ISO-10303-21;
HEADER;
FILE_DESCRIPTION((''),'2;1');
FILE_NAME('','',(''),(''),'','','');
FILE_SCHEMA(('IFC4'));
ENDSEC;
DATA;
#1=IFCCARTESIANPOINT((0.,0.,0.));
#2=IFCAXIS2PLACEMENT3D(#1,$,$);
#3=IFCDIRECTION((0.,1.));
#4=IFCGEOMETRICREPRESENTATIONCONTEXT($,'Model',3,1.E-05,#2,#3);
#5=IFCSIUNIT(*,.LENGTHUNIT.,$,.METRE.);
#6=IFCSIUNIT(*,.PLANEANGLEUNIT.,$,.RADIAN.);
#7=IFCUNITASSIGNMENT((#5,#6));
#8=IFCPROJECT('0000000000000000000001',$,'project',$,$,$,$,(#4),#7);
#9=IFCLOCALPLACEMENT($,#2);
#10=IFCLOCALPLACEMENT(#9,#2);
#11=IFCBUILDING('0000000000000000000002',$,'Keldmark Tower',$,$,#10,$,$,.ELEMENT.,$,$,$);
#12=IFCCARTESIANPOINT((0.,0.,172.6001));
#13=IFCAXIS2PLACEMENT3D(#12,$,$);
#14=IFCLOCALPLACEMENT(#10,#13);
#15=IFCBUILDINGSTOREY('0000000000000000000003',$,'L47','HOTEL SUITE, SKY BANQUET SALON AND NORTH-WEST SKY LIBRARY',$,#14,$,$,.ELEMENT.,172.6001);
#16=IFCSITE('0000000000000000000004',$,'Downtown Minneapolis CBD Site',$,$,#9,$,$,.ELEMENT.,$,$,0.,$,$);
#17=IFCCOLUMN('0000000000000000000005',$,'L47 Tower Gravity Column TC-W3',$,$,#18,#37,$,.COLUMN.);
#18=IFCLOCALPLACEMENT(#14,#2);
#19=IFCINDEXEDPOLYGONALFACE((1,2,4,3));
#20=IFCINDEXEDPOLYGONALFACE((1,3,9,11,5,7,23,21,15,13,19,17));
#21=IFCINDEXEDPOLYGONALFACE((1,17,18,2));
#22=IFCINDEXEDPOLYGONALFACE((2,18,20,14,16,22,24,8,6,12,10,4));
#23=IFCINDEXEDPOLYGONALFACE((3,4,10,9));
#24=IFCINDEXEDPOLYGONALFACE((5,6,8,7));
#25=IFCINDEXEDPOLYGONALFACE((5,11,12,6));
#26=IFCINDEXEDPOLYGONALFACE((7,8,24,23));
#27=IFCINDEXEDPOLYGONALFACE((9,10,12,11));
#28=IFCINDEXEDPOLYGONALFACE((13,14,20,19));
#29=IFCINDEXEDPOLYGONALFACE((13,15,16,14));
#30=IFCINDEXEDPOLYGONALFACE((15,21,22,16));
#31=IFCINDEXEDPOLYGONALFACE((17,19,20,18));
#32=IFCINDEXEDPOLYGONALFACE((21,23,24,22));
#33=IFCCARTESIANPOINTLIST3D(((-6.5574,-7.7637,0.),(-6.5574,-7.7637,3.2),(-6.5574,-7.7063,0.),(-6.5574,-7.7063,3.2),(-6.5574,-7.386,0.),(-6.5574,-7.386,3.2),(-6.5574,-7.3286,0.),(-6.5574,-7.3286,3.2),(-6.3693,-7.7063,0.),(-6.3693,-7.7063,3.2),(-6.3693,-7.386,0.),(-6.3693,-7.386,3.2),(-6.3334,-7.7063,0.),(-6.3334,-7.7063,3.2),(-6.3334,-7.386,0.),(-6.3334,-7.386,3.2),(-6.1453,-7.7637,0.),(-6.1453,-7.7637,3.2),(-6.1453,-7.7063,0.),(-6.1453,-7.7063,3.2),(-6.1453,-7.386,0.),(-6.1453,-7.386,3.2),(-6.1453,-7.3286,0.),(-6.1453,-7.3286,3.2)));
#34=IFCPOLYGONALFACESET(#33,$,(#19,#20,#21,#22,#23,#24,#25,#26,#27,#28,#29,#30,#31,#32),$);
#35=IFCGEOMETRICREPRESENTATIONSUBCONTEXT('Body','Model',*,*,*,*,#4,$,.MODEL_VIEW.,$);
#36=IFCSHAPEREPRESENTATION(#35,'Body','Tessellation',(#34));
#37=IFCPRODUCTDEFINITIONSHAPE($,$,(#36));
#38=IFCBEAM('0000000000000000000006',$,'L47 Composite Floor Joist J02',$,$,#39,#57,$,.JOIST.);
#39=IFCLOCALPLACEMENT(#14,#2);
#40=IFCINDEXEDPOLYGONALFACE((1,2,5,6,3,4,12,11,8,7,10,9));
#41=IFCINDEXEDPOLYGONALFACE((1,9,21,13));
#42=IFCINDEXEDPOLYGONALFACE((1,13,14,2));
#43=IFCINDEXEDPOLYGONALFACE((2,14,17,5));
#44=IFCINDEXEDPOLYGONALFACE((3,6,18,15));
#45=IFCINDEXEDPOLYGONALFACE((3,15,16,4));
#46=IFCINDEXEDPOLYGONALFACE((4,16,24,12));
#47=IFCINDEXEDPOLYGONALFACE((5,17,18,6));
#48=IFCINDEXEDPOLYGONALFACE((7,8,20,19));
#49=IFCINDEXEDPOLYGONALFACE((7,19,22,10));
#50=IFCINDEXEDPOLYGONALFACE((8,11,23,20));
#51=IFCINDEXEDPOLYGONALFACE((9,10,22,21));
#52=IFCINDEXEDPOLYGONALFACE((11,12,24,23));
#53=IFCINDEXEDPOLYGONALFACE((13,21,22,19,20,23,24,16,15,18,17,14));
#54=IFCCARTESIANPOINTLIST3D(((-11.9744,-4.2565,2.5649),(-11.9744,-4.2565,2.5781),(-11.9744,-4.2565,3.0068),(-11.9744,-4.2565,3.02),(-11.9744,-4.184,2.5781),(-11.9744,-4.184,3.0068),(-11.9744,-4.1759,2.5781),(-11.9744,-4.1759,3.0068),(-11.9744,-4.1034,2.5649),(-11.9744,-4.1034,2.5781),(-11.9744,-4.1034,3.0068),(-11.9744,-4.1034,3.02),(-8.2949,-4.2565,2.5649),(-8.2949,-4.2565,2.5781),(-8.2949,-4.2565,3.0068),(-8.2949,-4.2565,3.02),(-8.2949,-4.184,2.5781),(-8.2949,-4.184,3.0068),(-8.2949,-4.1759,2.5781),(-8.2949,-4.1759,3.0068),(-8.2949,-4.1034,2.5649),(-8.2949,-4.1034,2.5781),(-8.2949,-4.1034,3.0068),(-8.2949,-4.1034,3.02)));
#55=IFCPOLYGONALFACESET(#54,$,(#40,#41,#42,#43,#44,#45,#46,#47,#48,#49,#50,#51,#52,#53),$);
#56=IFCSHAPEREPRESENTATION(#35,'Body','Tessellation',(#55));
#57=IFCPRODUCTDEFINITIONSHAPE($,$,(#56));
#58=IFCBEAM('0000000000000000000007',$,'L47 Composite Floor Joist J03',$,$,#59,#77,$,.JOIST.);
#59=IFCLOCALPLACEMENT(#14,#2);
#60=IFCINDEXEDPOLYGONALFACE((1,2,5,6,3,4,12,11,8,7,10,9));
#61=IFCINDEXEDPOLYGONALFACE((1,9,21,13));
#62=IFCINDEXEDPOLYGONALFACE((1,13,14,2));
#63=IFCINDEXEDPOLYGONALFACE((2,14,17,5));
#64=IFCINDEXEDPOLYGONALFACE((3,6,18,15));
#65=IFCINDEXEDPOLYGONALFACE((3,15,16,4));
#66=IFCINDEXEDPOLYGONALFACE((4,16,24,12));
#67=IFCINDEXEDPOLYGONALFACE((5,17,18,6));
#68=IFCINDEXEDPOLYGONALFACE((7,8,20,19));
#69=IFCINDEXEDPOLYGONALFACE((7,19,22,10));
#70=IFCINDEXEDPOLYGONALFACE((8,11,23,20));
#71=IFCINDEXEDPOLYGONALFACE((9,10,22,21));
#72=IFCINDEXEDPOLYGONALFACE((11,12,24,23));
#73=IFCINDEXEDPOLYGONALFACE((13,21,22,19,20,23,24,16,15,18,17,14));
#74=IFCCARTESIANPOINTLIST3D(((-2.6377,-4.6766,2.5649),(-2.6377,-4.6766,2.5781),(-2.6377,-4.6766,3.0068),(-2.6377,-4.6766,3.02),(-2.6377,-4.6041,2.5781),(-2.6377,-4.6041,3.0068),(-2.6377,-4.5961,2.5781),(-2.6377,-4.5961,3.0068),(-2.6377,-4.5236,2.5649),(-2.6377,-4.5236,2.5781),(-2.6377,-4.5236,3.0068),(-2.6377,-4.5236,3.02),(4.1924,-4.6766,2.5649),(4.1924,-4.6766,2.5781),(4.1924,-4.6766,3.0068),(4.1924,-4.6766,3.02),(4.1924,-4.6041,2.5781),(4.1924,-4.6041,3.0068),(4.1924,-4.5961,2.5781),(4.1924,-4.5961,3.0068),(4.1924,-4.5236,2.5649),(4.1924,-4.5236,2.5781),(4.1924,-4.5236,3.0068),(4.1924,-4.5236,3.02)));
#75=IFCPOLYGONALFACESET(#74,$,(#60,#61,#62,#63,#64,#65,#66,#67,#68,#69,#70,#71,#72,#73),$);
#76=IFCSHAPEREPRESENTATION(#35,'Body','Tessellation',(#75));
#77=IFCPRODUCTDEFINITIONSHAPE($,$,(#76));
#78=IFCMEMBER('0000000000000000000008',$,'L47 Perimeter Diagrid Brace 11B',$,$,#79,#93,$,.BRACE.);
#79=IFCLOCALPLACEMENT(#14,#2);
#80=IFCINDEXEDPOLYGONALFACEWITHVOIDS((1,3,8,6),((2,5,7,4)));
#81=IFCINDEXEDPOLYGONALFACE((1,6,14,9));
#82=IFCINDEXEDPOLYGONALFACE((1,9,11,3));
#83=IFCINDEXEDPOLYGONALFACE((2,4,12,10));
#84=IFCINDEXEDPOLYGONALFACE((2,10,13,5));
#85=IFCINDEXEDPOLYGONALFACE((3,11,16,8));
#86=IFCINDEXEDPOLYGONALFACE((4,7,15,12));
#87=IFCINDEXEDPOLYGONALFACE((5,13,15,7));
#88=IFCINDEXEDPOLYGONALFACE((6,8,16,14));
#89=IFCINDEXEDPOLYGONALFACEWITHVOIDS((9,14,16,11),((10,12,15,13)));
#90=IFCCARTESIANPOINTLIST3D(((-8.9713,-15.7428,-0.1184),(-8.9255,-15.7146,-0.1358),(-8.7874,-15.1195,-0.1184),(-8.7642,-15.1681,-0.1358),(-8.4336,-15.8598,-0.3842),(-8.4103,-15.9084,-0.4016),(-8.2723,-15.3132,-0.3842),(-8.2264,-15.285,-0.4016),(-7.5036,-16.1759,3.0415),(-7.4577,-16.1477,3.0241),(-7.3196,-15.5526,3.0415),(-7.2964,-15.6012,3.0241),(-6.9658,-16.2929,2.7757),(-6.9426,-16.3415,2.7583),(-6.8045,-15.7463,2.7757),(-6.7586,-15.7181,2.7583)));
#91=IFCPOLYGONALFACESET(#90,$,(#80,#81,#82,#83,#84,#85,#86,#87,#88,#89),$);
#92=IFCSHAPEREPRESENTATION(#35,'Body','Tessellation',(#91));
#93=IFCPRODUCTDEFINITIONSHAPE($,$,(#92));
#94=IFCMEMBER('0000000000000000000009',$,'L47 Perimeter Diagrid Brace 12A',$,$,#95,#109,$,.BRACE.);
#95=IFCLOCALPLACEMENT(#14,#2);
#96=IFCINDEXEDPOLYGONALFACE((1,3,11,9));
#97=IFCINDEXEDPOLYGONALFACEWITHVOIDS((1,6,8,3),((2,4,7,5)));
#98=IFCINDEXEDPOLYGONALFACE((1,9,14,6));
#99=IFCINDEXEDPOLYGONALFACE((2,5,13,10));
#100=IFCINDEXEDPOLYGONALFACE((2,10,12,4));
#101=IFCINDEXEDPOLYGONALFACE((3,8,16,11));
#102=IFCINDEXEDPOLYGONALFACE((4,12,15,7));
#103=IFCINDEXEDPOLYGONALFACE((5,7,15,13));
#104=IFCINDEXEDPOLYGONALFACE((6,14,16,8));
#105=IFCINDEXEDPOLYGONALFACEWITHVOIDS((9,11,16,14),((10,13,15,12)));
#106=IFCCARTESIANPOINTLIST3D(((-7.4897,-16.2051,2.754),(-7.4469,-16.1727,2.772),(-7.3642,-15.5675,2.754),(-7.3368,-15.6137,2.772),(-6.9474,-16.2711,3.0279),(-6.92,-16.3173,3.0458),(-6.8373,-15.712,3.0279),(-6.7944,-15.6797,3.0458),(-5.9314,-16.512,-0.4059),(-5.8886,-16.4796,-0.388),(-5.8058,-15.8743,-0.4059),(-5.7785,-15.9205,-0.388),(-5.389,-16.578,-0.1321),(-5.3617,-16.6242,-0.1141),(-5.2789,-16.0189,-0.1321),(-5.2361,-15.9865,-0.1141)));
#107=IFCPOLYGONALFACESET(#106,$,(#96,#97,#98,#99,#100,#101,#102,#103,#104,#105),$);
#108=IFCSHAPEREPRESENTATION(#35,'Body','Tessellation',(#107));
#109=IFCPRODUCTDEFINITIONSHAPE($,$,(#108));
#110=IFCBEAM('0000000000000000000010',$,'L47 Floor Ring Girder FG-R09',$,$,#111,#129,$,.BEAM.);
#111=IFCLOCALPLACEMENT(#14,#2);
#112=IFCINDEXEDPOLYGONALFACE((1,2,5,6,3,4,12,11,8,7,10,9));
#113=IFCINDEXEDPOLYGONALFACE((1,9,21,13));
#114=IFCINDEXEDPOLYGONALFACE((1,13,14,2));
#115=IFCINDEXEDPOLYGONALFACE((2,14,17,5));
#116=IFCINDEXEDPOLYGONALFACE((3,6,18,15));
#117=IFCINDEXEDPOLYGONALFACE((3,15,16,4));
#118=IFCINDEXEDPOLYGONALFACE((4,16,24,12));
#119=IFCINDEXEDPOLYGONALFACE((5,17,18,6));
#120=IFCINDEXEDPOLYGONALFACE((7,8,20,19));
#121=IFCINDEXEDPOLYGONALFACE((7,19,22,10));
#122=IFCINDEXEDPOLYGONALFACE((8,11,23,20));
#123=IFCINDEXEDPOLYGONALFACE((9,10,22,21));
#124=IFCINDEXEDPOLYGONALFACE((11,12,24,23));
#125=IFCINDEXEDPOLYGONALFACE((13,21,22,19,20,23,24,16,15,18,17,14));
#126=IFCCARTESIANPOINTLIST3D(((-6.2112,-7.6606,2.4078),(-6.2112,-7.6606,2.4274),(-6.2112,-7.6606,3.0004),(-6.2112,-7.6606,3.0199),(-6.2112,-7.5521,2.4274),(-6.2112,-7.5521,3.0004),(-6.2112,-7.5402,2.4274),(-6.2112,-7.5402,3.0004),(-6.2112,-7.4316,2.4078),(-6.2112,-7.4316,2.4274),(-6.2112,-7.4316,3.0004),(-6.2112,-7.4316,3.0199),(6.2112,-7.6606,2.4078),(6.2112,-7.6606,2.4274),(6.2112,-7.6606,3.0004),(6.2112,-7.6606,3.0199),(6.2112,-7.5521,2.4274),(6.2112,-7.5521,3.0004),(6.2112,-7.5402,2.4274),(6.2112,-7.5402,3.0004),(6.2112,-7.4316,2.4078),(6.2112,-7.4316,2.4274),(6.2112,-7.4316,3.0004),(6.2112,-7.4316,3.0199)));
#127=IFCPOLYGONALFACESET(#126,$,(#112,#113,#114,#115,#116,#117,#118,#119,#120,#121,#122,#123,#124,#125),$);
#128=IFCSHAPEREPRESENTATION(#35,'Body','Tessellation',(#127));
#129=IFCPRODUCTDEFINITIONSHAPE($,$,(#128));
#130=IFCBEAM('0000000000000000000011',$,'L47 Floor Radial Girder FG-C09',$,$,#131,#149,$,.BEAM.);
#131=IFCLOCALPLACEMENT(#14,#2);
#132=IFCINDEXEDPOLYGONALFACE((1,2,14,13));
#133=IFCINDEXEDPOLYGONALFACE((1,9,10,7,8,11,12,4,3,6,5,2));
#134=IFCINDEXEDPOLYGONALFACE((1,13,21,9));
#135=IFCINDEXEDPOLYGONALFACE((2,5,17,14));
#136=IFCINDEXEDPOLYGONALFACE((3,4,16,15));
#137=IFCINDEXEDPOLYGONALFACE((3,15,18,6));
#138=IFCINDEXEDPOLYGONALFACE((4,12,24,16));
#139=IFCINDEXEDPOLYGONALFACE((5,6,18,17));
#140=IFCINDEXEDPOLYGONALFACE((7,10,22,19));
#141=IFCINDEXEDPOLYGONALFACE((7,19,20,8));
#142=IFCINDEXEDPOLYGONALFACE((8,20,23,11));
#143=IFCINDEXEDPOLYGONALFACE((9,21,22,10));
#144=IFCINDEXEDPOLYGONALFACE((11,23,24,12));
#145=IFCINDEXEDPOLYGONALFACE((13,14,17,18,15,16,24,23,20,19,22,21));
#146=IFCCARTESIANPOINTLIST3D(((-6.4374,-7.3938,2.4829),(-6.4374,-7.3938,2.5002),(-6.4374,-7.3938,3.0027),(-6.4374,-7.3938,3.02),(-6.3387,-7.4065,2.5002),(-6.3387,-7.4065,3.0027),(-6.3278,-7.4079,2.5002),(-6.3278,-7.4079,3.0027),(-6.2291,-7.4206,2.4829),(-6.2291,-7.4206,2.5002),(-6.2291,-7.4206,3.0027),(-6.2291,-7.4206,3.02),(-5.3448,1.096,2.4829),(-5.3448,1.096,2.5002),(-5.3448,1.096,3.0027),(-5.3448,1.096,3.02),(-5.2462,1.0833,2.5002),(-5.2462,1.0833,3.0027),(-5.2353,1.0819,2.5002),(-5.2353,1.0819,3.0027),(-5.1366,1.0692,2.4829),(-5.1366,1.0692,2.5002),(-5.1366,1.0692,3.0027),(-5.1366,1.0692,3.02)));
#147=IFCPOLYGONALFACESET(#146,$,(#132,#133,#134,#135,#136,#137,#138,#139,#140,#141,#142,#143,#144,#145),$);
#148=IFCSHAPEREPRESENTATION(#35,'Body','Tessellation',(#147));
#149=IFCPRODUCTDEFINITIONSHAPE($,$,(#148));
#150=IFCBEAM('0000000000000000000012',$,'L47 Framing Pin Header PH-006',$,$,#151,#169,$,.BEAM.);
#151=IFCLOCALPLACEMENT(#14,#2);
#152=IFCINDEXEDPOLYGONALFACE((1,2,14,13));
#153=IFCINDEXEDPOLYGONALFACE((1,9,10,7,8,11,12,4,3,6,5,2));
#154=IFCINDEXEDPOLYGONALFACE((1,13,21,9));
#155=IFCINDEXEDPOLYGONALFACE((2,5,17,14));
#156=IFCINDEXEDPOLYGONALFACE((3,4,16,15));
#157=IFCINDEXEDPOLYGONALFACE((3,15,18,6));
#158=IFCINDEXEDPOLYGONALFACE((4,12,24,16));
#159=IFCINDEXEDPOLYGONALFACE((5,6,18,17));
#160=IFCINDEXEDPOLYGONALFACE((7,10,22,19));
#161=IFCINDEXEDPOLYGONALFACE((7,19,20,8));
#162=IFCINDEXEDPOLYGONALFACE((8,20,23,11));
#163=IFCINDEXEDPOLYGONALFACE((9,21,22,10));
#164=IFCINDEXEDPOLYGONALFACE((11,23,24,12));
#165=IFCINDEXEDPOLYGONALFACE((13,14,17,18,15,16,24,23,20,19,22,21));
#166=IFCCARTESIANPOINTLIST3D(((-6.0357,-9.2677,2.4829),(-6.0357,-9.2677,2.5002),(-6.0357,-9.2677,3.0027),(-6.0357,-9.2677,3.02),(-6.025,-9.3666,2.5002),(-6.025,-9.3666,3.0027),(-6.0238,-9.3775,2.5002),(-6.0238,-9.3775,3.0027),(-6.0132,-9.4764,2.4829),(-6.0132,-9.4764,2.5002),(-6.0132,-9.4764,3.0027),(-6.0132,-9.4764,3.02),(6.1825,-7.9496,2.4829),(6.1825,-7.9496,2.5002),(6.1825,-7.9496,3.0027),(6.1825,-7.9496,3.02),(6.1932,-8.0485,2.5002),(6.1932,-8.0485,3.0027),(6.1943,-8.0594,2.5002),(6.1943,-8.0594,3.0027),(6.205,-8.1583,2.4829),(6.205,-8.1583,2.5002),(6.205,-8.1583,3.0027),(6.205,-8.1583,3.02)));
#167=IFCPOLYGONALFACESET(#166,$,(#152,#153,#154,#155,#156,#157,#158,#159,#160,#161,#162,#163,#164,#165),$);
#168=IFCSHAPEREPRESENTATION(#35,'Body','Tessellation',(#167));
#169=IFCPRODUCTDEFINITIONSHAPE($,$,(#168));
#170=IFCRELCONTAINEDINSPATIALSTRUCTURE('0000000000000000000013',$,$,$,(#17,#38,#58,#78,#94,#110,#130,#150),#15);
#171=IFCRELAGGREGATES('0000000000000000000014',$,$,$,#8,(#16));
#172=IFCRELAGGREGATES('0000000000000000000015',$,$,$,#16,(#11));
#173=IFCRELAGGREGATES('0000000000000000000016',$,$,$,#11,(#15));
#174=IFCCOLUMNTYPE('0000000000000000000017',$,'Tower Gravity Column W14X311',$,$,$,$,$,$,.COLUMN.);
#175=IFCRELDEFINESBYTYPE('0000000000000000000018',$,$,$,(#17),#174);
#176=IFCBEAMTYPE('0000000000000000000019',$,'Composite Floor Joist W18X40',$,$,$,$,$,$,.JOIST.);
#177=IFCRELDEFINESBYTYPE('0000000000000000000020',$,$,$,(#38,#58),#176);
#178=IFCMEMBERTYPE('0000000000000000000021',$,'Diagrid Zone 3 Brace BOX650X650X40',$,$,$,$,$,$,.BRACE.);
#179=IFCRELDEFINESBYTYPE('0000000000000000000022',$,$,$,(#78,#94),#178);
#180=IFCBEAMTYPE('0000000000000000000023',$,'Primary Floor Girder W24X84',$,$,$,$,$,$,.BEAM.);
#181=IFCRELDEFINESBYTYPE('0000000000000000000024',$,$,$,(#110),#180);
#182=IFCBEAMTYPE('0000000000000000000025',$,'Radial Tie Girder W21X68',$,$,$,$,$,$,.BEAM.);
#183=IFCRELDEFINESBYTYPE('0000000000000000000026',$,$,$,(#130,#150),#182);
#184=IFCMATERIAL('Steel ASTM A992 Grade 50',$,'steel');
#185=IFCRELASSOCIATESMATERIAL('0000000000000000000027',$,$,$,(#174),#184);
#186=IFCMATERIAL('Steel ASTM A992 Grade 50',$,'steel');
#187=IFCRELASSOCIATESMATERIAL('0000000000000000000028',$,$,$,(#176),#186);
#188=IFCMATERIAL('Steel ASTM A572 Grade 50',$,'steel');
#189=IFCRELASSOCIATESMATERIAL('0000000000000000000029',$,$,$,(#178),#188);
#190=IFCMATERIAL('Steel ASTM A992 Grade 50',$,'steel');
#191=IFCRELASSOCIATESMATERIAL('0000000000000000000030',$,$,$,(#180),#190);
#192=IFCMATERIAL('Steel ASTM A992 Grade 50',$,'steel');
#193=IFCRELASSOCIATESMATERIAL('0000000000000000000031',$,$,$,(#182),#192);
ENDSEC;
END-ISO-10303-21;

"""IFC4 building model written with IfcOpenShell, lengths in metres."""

from ifc_helpers import new_model, si_unit, direction, frame, origin, origin_2d, place, context, subcontext, project, spatial, hollow_rectangle, i_section, extrude, material, material_profile, profile_set, type_object, element, save


model = new_model("IFC4")

# Units and contexts
model_context = context("Model", 3, precision=1e-05, world=origin(), true_north=direction((0.0, 1.0)))
body_context = subcontext(model_context, "Body", "Model", "MODEL_VIEW")
ifc_project = project(units=[si_unit("LENGTHUNIT", "METRE"), si_unit("PLANEANGLEUNIT", "RADIAN")], contexts=[model_context])

# Site, building, storey
site_placement = place(None, origin())
site = spatial("IfcSite", under=ifc_project, at=site_placement, Name="Downtown Minneapolis CBD Site", CompositionType="ELEMENT", RefElevation=0.0)
building_placement = place(site_placement, origin())
building = spatial("IfcBuilding", under=site, at=building_placement, Name="Keldmark Tower", CompositionType="ELEMENT")
storey_placement = place(building_placement, frame((0.0, 0.0, 172.6001)))
storey = spatial("IfcBuildingStorey", under=building, at=storey_placement, Name="L47", Description="HOTEL SUITE, SKY BANQUET SALON AND NORTH-WEST SKY LIBRARY", CompositionType="ELEMENT", Elevation=172.6001)

# Column
ifc_material_1 = material(Name="Steel ASTM A992 Grade 50", Category="steel")
ifc_material_profile_1 = material_profile(ifc_material_1, i_section(OverallWidth=0.4121, OverallDepth=0.4351, WebThickness=0.0359, FlangeThickness=0.0574, at=origin_2d()), Name="W14X311")
ifc_profile_set_1 = profile_set([ifc_material_profile_1], Name="Steel ASTM A992 Grade 50")
column_type = type_object("IfcColumnType", Name="Tower Gravity Column W14X311", PredefinedType="COLUMN", material=ifc_profile_set_1)
column_placement = place(storey_placement, frame((-6.3513, -7.5461, 0.0), z_axis=(0.0, 0.0, 1.0), x_axis=(1.0, 0.0, 0.0)))
element("IfcColumn", 1, at=column_placement, inside=storey, type_object=column_type, Name="L47 Tower Gravity Column TC-W3", PredefinedType="COLUMN", context=body_context, shape_type="SweptSolid", body=[
    extrude(i_section(OverallWidth=0.4121, OverallDepth=0.4351, WebThickness=0.0359, FlangeThickness=0.0574, at=origin_2d()), origin(), (0.0, 0.0, 1.0), 3.2),
])

# Beams
ifc_material_2 = material(Name="Steel ASTM A992 Grade 50", Category="steel")
ifc_material_profile_2 = material_profile(ifc_material_2, i_section(OverallWidth=0.1531, OverallDepth=0.4551, WebThickness=0.0081, FlangeThickness=0.0132, at=origin_2d()), Name="W18X40")
ifc_profile_set_2 = profile_set([ifc_material_profile_2], Name="Steel ASTM A992 Grade 50")
beam_type_1 = type_object("IfcBeamType", Name="Composite Floor Joist W18X40", PredefinedType="JOIST", material=ifc_profile_set_2)
beam_1_placement = place(storey_placement, frame((-11.9744, -4.1799, 2.7925), z_axis=(1.0, 0.0, 0.0), x_axis=(0.0, 1.0, 0.0)))
element("IfcBeam", 2, at=beam_1_placement, inside=storey, type_object=beam_type_1, Name="L47 Composite Floor Joist J02", PredefinedType="JOIST", context=body_context, shape_type="SweptSolid", body=[
    extrude(i_section(OverallWidth=0.1531, OverallDepth=0.4551, WebThickness=0.0081, FlangeThickness=0.0132, at=origin_2d()), origin(), (0.0, 0.0, 1.0), 3.6794),
])
beam_2_placement = place(storey_placement, frame((-2.6377, -4.6001, 2.7925), z_axis=(1.0, 0.0, 0.0), x_axis=(0.0, 1.0, 0.0)))
element("IfcBeam", 3, at=beam_2_placement, inside=storey, type_object=beam_type_1, Name="L47 Composite Floor Joist J03", PredefinedType="JOIST", context=body_context, shape_type="SweptSolid", body=[
    extrude(i_section(OverallWidth=0.1531, OverallDepth=0.4551, WebThickness=0.0081, FlangeThickness=0.0132, at=origin_2d()), origin(), (0.0, 0.0, 1.0), 6.8301),
])

# Members
ifc_material_3 = material(Name="Steel ASTM A572 Grade 50", Category="steel")
ifc_material_profile_3 = material_profile(ifc_material_3, hollow_rectangle(XDim=0.6499, YDim=0.6499, WallThickness=0.04, at=origin_2d()), Name="BOX650X650X40")
ifc_profile_set_3 = profile_set([ifc_material_profile_3], Name="Steel ASTM A572 Grade 50")
member_type = type_object("IfcMemberType", Name="Diagrid Zone 3 Brace BOX650X650X40", PredefinedType="BRACE", material=ifc_profile_set_3)
member_1_placement = place(storey_placement, frame((-8.5989, -15.5139, -0.26), z_axis=(0.418052, -0.123357, 0.900008), x_axis=(0.283013, 0.959116, 0.0)))
element("IfcMember", 4, at=member_1_placement, inside=storey, type_object=member_type, Name="L47 Perimeter Diagrid Brace 11B", PredefinedType="BRACE", context=body_context, shape_type="SweptSolid", body=[
    extrude(hollow_rectangle(XDim=0.6499, YDim=0.6499, WallThickness=0.04, at=origin_2d()), origin(), (0.0, 0.0, 1.0), 3.511),
])
member_2_placement = place(storey_placement, frame((-5.5837, -16.2493, -0.26), z_axis=(-0.440633, 0.086773, 0.893484), x_axis=(-0.193218, -0.981156, 0.0)))
element("IfcMember", 5, at=member_2_placement, inside=storey, type_object=member_type, Name="L47 Perimeter Diagrid Brace 12A", PredefinedType="BRACE", context=body_context, shape_type="SweptSolid", body=[
    extrude(hollow_rectangle(XDim=0.6499, YDim=0.6499, WallThickness=0.04, at=origin_2d()), origin(), (0.0, 0.0, 1.0), 3.5366),
])

# Beams
ifc_material_4 = material(Name="Steel ASTM A992 Grade 50", Category="steel")
ifc_material_profile_4 = material_profile(ifc_material_4, i_section(OverallWidth=0.229, OverallDepth=0.6121, WebThickness=0.012, FlangeThickness=0.0195, at=origin_2d()), Name="W24X84")
ifc_profile_set_4 = profile_set([ifc_material_profile_4], Name="Steel ASTM A992 Grade 50")
beam_type_2 = type_object("IfcBeamType", Name="Primary Floor Girder W24X84", PredefinedType="BEAM", material=ifc_profile_set_4)
beam_3_placement = place(storey_placement, frame((-6.2112, -7.5461, 2.7139), z_axis=(1.0, 0.0, 0.0), x_axis=(0.0, 1.0, 0.0)))
element("IfcBeam", 6, at=beam_3_placement, inside=storey, type_object=beam_type_2, Name="L47 Floor Ring Girder FG-R09", PredefinedType="BEAM", context=body_context, shape_type="SweptSolid", body=[
    extrude(i_section(OverallWidth=0.229, OverallDepth=0.6121, WebThickness=0.012, FlangeThickness=0.0195, at=origin_2d()), origin(), (0.0, 0.0, 1.0), 12.4224),
])
ifc_material_5 = material(Name="Steel ASTM A992 Grade 50", Category="steel")
ifc_material_profile_5 = material_profile(ifc_material_5, i_section(OverallWidth=0.21, OverallDepth=0.5371, WebThickness=0.011, FlangeThickness=0.0173, at=origin_2d()), Name="W21X68")
ifc_profile_set_5 = profile_set([ifc_material_profile_5], Name="Steel ASTM A992 Grade 50")
beam_type_3 = type_object("IfcBeamType", Name="Radial Tie Girder W21X68", PredefinedType="BEAM", material=ifc_profile_set_5)
beam_4_placement = place(storey_placement, frame((-6.3333, -7.4072, 2.7515), z_axis=(0.127636, 0.991821, 0.0), x_axis=(-0.991821, 0.127636, 0.0)))
element("IfcBeam", 7, at=beam_4_placement, inside=storey, type_object=beam_type_3, Name="L47 Floor Radial Girder FG-C09", PredefinedType="BEAM", context=body_context, shape_type="SweptSolid", body=[
    extrude(i_section(OverallWidth=0.21, OverallDepth=0.5371, WebThickness=0.011, FlangeThickness=0.0173, at=origin_2d()), origin(), (0.0, 0.0, 1.0), 8.5598),
])
beam_5_placement = place(storey_placement, frame((-6.0244, -9.3721, 2.7515), z_axis=(0.994231, 0.107258, 0.0), x_axis=(-0.107258, 0.994231, 0.0)))
element("IfcBeam", 8, at=beam_5_placement, inside=storey, type_object=beam_type_3, Name="L47 Framing Pin Header PH-006", PredefinedType="BEAM", context=body_context, shape_type="SweptSolid", body=[
    extrude(i_section(OverallWidth=0.21, OverallDepth=0.5371, WebThickness=0.011, FlangeThickness=0.0173, at=origin_2d()), origin(), (0.0, 0.0, 1.0), 12.2891),
])

save(model, "model.ifc")
